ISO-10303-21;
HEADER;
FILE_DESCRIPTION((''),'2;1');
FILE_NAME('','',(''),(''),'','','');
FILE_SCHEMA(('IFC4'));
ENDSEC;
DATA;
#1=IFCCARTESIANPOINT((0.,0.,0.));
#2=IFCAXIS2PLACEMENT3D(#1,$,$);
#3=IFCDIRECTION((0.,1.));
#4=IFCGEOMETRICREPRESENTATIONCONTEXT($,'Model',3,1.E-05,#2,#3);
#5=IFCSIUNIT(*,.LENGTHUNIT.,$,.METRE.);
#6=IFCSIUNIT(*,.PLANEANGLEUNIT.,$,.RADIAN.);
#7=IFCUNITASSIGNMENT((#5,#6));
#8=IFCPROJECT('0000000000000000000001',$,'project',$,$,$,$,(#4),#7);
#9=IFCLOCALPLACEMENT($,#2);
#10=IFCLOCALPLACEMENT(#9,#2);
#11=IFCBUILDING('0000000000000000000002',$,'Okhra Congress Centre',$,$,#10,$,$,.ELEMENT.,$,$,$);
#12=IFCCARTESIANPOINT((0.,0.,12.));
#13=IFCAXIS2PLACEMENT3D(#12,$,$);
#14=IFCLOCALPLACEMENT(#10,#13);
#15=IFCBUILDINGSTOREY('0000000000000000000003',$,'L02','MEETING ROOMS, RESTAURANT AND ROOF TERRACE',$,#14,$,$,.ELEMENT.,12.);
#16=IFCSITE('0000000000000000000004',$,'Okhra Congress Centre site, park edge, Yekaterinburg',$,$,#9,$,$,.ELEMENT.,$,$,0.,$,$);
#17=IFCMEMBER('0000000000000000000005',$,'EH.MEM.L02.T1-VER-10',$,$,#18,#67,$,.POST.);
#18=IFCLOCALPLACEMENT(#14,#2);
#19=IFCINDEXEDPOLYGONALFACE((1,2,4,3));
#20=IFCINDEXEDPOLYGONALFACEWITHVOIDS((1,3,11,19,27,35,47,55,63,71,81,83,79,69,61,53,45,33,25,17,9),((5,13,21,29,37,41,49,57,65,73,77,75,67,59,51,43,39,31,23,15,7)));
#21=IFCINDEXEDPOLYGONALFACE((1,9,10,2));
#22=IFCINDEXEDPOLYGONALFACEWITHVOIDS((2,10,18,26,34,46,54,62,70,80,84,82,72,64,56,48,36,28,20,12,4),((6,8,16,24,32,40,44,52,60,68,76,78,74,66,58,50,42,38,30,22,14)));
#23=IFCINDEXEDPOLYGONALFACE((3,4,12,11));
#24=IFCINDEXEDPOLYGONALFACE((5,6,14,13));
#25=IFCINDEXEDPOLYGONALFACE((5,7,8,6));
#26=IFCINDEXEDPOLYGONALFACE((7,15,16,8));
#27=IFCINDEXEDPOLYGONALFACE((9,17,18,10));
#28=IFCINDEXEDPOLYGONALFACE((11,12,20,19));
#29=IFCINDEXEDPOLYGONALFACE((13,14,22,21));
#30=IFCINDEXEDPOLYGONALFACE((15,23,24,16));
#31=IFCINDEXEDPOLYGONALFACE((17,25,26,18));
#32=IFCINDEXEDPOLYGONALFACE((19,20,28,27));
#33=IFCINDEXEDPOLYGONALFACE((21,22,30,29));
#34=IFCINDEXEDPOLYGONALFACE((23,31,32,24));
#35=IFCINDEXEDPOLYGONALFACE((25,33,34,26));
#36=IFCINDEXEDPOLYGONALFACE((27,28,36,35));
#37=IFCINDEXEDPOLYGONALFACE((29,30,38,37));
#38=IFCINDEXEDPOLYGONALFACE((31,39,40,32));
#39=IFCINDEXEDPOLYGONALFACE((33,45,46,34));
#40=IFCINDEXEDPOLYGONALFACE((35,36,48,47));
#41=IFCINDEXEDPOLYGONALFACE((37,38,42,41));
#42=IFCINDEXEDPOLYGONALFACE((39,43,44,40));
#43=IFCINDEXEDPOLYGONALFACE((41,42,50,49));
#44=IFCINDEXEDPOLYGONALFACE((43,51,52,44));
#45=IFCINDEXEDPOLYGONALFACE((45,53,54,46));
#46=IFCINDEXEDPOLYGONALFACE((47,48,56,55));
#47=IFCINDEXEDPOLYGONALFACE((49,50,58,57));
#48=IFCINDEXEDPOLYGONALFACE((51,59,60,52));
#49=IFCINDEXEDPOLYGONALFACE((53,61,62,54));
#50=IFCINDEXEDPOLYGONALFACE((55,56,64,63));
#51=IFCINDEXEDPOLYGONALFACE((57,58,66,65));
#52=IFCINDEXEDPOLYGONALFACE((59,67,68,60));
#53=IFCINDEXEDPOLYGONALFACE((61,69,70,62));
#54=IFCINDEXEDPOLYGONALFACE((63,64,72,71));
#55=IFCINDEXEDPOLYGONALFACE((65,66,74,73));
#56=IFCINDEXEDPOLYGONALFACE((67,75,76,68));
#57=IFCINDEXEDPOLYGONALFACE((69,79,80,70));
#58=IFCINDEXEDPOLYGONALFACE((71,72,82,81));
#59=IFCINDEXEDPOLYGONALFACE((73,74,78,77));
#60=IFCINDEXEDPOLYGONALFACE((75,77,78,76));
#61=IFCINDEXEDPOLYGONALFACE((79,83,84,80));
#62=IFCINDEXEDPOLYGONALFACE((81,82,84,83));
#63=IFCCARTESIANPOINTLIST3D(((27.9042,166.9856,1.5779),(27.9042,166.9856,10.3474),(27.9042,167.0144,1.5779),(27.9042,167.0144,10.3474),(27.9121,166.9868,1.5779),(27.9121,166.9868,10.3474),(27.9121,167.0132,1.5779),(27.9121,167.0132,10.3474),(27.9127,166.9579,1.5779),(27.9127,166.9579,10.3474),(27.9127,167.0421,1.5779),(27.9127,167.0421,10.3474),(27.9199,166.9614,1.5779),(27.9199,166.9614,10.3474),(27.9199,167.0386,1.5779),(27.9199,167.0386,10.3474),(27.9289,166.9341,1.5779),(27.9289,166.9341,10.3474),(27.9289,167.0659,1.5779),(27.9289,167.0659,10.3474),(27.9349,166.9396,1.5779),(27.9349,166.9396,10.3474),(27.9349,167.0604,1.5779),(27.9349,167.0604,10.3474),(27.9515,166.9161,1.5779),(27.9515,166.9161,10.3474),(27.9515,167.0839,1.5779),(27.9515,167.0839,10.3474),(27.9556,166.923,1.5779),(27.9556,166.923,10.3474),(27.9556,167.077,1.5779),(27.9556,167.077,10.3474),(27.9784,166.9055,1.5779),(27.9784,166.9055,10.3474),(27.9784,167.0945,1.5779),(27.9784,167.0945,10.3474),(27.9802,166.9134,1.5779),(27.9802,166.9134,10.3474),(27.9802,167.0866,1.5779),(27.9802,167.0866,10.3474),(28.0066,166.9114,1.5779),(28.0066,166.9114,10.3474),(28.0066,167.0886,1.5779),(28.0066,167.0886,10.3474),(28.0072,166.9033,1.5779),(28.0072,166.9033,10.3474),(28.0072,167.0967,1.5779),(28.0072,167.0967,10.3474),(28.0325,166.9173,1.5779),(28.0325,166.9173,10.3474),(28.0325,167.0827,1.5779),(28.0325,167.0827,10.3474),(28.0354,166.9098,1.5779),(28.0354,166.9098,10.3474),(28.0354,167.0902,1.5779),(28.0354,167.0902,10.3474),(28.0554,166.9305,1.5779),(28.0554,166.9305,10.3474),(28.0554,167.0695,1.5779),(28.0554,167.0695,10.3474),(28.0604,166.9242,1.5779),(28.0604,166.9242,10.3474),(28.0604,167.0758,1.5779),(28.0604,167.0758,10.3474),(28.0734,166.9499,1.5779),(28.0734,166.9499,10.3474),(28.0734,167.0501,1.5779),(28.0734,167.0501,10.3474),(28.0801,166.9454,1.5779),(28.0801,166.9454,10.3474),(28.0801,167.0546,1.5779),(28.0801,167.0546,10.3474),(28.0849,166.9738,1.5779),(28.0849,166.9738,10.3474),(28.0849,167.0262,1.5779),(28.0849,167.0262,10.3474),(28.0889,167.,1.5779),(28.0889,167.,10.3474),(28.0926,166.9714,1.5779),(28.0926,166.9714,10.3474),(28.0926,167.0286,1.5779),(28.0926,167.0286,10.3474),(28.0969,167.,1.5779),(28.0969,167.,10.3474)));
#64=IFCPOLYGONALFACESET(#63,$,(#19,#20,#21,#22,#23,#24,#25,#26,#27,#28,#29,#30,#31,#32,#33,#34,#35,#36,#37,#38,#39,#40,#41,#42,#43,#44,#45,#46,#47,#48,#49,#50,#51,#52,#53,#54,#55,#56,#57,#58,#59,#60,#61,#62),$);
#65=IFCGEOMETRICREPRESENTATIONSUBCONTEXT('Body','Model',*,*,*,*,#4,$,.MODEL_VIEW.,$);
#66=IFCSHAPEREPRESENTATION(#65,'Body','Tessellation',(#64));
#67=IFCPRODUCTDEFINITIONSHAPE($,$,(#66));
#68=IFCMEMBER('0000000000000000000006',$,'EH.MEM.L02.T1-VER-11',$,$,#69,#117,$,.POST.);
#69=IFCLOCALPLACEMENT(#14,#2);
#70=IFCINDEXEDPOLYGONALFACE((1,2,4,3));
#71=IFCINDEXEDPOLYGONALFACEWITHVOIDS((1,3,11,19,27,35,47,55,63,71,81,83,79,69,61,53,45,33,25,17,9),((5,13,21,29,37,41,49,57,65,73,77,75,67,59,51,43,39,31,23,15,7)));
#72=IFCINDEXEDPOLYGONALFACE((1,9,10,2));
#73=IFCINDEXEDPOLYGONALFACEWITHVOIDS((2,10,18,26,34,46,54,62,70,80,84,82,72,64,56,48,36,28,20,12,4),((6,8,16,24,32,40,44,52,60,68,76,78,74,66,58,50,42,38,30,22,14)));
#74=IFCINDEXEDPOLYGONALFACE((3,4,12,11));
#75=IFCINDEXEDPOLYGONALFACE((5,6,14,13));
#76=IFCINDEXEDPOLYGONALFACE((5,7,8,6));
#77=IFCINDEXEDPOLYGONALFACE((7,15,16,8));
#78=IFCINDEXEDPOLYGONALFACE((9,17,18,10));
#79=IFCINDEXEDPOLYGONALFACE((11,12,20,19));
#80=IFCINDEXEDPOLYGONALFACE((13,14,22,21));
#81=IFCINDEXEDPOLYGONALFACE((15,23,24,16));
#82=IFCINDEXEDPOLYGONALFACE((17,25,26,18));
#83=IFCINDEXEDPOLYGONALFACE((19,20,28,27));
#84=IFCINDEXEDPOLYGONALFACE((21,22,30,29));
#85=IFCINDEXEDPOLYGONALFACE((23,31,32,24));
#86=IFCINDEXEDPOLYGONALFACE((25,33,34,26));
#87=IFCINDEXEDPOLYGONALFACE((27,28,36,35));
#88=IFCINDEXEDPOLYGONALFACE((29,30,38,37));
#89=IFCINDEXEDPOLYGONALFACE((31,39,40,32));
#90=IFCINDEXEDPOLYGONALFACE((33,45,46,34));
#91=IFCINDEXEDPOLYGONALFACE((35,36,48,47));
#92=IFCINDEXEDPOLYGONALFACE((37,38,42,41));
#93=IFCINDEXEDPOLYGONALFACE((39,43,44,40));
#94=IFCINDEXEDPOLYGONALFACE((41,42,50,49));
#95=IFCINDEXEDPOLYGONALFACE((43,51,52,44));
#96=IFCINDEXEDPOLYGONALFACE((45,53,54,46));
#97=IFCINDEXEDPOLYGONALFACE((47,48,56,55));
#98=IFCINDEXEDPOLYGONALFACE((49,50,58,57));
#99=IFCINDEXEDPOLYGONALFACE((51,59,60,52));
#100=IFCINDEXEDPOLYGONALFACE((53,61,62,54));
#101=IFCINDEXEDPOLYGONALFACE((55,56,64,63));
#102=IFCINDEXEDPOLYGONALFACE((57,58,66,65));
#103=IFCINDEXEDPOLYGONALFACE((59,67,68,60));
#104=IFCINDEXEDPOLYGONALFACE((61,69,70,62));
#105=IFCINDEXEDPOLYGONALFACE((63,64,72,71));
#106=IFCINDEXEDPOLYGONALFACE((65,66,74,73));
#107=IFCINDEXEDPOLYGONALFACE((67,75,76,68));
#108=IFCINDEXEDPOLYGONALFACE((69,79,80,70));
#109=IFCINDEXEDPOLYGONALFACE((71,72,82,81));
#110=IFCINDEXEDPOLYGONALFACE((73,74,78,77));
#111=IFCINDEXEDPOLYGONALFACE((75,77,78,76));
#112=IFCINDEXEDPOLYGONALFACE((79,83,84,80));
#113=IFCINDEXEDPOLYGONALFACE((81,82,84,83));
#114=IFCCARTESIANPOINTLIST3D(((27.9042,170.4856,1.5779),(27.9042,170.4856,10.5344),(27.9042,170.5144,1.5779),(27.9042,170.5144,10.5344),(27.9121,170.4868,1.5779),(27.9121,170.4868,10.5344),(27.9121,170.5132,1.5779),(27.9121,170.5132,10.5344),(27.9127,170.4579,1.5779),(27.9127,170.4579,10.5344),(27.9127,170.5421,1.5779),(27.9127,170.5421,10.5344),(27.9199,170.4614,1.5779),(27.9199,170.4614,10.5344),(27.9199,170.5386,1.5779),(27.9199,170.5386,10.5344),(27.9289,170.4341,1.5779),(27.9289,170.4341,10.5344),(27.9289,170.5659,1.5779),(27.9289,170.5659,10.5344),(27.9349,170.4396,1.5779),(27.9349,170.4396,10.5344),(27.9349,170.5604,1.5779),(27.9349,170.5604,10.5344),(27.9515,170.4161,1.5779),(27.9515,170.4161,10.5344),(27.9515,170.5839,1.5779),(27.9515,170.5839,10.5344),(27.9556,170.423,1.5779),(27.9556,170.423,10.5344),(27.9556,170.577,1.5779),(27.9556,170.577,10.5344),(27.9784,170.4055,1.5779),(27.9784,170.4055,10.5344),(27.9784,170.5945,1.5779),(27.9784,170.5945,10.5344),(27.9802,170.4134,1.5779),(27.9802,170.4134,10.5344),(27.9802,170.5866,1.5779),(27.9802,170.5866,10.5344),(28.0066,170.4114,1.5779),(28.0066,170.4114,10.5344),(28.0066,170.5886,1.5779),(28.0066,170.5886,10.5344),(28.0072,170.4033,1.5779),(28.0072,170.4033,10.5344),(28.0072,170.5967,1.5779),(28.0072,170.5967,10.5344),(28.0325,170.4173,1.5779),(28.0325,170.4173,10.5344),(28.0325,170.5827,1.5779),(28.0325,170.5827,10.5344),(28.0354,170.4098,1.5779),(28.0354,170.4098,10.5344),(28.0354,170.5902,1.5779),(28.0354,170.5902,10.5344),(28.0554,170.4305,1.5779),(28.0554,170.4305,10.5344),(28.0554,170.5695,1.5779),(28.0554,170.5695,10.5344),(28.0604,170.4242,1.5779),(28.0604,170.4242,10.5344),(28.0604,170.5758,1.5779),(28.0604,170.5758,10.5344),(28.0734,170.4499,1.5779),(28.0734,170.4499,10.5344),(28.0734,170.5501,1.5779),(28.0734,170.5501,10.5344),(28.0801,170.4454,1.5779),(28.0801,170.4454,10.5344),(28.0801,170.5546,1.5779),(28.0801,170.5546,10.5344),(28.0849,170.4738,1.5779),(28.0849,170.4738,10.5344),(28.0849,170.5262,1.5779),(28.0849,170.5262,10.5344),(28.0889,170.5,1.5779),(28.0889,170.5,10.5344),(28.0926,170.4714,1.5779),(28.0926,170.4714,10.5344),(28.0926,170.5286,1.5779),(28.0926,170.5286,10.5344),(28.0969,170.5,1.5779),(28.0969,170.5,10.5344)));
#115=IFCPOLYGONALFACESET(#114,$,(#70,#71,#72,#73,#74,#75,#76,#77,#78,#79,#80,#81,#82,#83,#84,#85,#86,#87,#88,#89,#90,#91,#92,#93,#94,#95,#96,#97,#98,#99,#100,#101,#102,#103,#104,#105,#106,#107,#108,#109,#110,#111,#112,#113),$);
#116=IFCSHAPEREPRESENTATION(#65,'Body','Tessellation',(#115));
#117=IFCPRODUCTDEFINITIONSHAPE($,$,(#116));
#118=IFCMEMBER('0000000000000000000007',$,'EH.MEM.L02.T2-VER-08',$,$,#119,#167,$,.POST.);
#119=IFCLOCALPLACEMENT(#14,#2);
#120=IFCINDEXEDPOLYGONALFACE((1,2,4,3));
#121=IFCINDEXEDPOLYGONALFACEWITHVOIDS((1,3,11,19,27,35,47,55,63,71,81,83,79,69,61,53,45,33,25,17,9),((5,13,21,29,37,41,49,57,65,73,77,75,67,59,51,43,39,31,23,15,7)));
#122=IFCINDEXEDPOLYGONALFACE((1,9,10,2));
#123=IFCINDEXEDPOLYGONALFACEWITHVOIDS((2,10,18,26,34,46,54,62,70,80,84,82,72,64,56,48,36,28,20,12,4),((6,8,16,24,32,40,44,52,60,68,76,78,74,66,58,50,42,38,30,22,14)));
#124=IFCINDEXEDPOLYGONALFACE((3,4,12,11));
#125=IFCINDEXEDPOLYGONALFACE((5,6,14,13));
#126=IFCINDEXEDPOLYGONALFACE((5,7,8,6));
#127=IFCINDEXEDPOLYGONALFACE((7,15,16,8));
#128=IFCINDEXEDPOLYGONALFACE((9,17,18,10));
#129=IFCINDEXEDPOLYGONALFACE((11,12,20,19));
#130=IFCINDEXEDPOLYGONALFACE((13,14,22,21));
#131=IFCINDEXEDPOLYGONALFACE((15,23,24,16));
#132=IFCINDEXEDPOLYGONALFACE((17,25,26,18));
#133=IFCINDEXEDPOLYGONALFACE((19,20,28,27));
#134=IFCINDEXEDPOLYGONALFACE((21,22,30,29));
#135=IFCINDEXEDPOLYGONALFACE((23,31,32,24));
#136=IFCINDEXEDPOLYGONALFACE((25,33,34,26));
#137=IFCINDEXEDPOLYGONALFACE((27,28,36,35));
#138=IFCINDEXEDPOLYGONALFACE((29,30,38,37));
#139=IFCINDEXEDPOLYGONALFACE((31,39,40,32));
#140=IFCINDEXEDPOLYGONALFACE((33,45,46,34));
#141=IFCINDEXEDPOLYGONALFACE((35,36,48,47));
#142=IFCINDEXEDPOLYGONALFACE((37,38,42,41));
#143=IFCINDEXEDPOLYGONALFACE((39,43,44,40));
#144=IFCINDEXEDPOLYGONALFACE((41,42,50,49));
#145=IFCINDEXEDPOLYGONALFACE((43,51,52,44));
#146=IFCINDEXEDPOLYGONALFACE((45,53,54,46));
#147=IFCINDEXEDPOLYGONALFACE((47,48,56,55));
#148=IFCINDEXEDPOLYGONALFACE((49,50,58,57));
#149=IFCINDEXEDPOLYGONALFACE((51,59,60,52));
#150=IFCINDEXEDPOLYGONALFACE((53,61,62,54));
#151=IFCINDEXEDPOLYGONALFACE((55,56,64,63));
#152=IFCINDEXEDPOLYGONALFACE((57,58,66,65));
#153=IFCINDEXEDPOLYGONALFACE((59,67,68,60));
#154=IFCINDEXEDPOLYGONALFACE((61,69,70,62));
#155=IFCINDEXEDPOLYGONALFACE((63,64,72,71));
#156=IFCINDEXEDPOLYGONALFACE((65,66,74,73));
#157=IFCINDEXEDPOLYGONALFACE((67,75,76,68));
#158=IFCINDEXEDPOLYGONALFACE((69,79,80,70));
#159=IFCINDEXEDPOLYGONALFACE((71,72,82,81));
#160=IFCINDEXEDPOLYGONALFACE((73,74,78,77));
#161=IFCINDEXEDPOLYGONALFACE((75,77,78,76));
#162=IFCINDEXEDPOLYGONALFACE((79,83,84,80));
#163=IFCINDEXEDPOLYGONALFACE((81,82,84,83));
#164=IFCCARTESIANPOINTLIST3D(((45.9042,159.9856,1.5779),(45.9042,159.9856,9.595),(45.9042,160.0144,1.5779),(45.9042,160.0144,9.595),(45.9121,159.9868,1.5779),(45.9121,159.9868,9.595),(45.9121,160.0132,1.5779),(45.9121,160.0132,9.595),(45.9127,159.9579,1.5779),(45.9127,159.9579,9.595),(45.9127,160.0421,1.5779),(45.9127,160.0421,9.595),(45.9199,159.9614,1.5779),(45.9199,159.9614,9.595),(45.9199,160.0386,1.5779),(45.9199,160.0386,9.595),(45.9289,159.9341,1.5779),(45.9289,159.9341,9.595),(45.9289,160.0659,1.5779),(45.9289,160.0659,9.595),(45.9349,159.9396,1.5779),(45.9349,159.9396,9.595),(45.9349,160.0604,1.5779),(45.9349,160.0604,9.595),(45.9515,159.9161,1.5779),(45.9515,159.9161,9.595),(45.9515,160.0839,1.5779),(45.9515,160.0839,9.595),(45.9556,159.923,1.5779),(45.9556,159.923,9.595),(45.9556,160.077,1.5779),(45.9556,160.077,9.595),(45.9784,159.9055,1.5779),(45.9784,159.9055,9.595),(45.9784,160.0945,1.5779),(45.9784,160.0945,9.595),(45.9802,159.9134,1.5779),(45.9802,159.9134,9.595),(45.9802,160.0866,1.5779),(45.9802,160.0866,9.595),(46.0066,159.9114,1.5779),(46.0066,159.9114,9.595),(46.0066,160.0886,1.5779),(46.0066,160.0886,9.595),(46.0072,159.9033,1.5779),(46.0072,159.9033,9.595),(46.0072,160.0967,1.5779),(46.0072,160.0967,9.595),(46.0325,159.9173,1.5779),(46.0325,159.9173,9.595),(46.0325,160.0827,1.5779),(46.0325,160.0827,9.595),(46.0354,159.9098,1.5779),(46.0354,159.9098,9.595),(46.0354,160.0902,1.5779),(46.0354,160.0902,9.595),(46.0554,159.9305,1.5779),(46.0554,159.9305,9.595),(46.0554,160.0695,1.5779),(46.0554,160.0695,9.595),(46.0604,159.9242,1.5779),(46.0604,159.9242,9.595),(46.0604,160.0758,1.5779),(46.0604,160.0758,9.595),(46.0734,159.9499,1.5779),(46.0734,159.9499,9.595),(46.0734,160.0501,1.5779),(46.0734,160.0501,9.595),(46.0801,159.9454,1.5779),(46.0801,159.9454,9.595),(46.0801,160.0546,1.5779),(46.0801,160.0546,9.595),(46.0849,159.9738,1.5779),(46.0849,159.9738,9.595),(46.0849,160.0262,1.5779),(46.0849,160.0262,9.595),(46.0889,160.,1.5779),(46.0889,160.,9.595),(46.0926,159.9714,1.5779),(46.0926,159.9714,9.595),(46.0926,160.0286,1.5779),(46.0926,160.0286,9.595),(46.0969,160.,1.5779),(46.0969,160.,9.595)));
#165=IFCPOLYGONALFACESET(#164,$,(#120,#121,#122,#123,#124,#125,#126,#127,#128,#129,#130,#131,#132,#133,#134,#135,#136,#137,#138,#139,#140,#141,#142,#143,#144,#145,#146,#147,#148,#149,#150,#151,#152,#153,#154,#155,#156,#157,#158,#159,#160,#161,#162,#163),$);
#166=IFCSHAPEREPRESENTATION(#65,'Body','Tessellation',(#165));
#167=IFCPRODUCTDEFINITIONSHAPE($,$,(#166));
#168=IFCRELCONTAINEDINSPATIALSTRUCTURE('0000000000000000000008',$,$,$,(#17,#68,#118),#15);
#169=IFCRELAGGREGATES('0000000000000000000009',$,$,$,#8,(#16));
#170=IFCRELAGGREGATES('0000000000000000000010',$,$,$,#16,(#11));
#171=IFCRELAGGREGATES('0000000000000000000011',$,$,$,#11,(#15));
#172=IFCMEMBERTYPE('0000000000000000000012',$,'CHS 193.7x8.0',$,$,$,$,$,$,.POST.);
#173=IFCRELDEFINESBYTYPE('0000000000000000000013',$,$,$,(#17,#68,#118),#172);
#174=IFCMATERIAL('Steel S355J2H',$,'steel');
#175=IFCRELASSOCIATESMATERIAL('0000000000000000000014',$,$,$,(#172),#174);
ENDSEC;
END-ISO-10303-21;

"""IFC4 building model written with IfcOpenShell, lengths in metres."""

from ifc_helpers import new_model, si_unit, direction, frame, origin, origin_2d, place, context, subcontext, project, spatial, hollow_circle, extrude, material, material_profile, profile_set, type_object, element, save


model = new_model("IFC4")

# Units and contexts
model_context = context("Model", 3, precision=1e-05, world=origin(), true_north=direction((0.0, 1.0)))
body_context = subcontext(model_context, "Body", "Model", "MODEL_VIEW")
ifc_project = project(units=[si_unit("LENGTHUNIT", "METRE"), si_unit("PLANEANGLEUNIT", "RADIAN")], contexts=[model_context])

# Site, building, storey
site_placement = place(None, origin())
site = spatial("IfcSite", under=ifc_project, at=site_placement, Name="Okhra Congress Centre site, park edge, Yekaterinburg", CompositionType="ELEMENT", RefElevation=0.0)
building_placement = place(site_placement, origin())
building = spatial("IfcBuilding", under=site, at=building_placement, Name="Okhra Congress Centre", CompositionType="ELEMENT")
storey_placement = place(building_placement, frame((0.0, 0.0, 12.0)))
storey = spatial("IfcBuildingStorey", under=building, at=storey_placement, Name="L02", Description="MEETING ROOMS, RESTAURANT AND ROOF TERRACE", CompositionType="ELEMENT", Elevation=12.0)

# Members
ifc_material_1 = material(Name="Steel S355J2H", Category="steel")
ifc_material_profile_1 = material_profile(ifc_material_1, hollow_circle(Radius=0.0969, WallThickness=0.0081, at=origin_2d()), Name="CHS 193.7x8.0")
ifc_profile_set_1 = profile_set([ifc_material_profile_1], Name="Steel S355J2H")
member_type_1 = type_object("IfcMemberType", Name="CHS 193.7x8.0", PredefinedType="POST", material=ifc_profile_set_1)
member_1_placement = place(storey_placement, frame((28.0, 167.0, 1.5779), z_axis=(0.0, 0.0, 1.0), x_axis=(1.0, 0.0, 0.0)))
element("IfcMember", 1, at=member_1_placement, inside=storey, type_object=member_type_1, Name="EH.MEM.L02.T1-VER-10", PredefinedType="POST", context=body_context, shape_type="SweptSolid", body=[
    extrude(hollow_circle(Radius=0.0969, WallThickness=0.0081, at=origin_2d()), origin(), (0.0, 0.0, 1.0), 8.7695),
])
member_2_placement = place(storey_placement, frame((28.0, 170.5, 1.5779), z_axis=(0.0, 0.0, 1.0), x_axis=(1.0, 0.0, 0.0)))
element("IfcMember", 2, at=member_2_placement, inside=storey, type_object=member_type_1, Name="EH.MEM.L02.T1-VER-11", PredefinedType="POST", context=body_context, shape_type="SweptSolid", body=[
    extrude(hollow_circle(Radius=0.0969, WallThickness=0.0081, at=origin_2d()), origin(), (0.0, 0.0, 1.0), 8.9565),
])
member_3_placement = place(storey_placement, frame((46.0, 160.0, 1.5779), z_axis=(0.0, 0.0, 1.0), x_axis=(1.0, 0.0, 0.0)))
element("IfcMember", 3, at=member_3_placement, inside=storey, type_object=member_type_1, Name="EH.MEM.L02.T2-VER-08", PredefinedType="POST", context=body_context, shape_type="SweptSolid", body=[
    extrude(hollow_circle(Radius=0.0969, WallThickness=0.0081, at=origin_2d()), origin(), (0.0, 0.0, 1.0), 8.0171),
])

save(model, "model.ifc")
